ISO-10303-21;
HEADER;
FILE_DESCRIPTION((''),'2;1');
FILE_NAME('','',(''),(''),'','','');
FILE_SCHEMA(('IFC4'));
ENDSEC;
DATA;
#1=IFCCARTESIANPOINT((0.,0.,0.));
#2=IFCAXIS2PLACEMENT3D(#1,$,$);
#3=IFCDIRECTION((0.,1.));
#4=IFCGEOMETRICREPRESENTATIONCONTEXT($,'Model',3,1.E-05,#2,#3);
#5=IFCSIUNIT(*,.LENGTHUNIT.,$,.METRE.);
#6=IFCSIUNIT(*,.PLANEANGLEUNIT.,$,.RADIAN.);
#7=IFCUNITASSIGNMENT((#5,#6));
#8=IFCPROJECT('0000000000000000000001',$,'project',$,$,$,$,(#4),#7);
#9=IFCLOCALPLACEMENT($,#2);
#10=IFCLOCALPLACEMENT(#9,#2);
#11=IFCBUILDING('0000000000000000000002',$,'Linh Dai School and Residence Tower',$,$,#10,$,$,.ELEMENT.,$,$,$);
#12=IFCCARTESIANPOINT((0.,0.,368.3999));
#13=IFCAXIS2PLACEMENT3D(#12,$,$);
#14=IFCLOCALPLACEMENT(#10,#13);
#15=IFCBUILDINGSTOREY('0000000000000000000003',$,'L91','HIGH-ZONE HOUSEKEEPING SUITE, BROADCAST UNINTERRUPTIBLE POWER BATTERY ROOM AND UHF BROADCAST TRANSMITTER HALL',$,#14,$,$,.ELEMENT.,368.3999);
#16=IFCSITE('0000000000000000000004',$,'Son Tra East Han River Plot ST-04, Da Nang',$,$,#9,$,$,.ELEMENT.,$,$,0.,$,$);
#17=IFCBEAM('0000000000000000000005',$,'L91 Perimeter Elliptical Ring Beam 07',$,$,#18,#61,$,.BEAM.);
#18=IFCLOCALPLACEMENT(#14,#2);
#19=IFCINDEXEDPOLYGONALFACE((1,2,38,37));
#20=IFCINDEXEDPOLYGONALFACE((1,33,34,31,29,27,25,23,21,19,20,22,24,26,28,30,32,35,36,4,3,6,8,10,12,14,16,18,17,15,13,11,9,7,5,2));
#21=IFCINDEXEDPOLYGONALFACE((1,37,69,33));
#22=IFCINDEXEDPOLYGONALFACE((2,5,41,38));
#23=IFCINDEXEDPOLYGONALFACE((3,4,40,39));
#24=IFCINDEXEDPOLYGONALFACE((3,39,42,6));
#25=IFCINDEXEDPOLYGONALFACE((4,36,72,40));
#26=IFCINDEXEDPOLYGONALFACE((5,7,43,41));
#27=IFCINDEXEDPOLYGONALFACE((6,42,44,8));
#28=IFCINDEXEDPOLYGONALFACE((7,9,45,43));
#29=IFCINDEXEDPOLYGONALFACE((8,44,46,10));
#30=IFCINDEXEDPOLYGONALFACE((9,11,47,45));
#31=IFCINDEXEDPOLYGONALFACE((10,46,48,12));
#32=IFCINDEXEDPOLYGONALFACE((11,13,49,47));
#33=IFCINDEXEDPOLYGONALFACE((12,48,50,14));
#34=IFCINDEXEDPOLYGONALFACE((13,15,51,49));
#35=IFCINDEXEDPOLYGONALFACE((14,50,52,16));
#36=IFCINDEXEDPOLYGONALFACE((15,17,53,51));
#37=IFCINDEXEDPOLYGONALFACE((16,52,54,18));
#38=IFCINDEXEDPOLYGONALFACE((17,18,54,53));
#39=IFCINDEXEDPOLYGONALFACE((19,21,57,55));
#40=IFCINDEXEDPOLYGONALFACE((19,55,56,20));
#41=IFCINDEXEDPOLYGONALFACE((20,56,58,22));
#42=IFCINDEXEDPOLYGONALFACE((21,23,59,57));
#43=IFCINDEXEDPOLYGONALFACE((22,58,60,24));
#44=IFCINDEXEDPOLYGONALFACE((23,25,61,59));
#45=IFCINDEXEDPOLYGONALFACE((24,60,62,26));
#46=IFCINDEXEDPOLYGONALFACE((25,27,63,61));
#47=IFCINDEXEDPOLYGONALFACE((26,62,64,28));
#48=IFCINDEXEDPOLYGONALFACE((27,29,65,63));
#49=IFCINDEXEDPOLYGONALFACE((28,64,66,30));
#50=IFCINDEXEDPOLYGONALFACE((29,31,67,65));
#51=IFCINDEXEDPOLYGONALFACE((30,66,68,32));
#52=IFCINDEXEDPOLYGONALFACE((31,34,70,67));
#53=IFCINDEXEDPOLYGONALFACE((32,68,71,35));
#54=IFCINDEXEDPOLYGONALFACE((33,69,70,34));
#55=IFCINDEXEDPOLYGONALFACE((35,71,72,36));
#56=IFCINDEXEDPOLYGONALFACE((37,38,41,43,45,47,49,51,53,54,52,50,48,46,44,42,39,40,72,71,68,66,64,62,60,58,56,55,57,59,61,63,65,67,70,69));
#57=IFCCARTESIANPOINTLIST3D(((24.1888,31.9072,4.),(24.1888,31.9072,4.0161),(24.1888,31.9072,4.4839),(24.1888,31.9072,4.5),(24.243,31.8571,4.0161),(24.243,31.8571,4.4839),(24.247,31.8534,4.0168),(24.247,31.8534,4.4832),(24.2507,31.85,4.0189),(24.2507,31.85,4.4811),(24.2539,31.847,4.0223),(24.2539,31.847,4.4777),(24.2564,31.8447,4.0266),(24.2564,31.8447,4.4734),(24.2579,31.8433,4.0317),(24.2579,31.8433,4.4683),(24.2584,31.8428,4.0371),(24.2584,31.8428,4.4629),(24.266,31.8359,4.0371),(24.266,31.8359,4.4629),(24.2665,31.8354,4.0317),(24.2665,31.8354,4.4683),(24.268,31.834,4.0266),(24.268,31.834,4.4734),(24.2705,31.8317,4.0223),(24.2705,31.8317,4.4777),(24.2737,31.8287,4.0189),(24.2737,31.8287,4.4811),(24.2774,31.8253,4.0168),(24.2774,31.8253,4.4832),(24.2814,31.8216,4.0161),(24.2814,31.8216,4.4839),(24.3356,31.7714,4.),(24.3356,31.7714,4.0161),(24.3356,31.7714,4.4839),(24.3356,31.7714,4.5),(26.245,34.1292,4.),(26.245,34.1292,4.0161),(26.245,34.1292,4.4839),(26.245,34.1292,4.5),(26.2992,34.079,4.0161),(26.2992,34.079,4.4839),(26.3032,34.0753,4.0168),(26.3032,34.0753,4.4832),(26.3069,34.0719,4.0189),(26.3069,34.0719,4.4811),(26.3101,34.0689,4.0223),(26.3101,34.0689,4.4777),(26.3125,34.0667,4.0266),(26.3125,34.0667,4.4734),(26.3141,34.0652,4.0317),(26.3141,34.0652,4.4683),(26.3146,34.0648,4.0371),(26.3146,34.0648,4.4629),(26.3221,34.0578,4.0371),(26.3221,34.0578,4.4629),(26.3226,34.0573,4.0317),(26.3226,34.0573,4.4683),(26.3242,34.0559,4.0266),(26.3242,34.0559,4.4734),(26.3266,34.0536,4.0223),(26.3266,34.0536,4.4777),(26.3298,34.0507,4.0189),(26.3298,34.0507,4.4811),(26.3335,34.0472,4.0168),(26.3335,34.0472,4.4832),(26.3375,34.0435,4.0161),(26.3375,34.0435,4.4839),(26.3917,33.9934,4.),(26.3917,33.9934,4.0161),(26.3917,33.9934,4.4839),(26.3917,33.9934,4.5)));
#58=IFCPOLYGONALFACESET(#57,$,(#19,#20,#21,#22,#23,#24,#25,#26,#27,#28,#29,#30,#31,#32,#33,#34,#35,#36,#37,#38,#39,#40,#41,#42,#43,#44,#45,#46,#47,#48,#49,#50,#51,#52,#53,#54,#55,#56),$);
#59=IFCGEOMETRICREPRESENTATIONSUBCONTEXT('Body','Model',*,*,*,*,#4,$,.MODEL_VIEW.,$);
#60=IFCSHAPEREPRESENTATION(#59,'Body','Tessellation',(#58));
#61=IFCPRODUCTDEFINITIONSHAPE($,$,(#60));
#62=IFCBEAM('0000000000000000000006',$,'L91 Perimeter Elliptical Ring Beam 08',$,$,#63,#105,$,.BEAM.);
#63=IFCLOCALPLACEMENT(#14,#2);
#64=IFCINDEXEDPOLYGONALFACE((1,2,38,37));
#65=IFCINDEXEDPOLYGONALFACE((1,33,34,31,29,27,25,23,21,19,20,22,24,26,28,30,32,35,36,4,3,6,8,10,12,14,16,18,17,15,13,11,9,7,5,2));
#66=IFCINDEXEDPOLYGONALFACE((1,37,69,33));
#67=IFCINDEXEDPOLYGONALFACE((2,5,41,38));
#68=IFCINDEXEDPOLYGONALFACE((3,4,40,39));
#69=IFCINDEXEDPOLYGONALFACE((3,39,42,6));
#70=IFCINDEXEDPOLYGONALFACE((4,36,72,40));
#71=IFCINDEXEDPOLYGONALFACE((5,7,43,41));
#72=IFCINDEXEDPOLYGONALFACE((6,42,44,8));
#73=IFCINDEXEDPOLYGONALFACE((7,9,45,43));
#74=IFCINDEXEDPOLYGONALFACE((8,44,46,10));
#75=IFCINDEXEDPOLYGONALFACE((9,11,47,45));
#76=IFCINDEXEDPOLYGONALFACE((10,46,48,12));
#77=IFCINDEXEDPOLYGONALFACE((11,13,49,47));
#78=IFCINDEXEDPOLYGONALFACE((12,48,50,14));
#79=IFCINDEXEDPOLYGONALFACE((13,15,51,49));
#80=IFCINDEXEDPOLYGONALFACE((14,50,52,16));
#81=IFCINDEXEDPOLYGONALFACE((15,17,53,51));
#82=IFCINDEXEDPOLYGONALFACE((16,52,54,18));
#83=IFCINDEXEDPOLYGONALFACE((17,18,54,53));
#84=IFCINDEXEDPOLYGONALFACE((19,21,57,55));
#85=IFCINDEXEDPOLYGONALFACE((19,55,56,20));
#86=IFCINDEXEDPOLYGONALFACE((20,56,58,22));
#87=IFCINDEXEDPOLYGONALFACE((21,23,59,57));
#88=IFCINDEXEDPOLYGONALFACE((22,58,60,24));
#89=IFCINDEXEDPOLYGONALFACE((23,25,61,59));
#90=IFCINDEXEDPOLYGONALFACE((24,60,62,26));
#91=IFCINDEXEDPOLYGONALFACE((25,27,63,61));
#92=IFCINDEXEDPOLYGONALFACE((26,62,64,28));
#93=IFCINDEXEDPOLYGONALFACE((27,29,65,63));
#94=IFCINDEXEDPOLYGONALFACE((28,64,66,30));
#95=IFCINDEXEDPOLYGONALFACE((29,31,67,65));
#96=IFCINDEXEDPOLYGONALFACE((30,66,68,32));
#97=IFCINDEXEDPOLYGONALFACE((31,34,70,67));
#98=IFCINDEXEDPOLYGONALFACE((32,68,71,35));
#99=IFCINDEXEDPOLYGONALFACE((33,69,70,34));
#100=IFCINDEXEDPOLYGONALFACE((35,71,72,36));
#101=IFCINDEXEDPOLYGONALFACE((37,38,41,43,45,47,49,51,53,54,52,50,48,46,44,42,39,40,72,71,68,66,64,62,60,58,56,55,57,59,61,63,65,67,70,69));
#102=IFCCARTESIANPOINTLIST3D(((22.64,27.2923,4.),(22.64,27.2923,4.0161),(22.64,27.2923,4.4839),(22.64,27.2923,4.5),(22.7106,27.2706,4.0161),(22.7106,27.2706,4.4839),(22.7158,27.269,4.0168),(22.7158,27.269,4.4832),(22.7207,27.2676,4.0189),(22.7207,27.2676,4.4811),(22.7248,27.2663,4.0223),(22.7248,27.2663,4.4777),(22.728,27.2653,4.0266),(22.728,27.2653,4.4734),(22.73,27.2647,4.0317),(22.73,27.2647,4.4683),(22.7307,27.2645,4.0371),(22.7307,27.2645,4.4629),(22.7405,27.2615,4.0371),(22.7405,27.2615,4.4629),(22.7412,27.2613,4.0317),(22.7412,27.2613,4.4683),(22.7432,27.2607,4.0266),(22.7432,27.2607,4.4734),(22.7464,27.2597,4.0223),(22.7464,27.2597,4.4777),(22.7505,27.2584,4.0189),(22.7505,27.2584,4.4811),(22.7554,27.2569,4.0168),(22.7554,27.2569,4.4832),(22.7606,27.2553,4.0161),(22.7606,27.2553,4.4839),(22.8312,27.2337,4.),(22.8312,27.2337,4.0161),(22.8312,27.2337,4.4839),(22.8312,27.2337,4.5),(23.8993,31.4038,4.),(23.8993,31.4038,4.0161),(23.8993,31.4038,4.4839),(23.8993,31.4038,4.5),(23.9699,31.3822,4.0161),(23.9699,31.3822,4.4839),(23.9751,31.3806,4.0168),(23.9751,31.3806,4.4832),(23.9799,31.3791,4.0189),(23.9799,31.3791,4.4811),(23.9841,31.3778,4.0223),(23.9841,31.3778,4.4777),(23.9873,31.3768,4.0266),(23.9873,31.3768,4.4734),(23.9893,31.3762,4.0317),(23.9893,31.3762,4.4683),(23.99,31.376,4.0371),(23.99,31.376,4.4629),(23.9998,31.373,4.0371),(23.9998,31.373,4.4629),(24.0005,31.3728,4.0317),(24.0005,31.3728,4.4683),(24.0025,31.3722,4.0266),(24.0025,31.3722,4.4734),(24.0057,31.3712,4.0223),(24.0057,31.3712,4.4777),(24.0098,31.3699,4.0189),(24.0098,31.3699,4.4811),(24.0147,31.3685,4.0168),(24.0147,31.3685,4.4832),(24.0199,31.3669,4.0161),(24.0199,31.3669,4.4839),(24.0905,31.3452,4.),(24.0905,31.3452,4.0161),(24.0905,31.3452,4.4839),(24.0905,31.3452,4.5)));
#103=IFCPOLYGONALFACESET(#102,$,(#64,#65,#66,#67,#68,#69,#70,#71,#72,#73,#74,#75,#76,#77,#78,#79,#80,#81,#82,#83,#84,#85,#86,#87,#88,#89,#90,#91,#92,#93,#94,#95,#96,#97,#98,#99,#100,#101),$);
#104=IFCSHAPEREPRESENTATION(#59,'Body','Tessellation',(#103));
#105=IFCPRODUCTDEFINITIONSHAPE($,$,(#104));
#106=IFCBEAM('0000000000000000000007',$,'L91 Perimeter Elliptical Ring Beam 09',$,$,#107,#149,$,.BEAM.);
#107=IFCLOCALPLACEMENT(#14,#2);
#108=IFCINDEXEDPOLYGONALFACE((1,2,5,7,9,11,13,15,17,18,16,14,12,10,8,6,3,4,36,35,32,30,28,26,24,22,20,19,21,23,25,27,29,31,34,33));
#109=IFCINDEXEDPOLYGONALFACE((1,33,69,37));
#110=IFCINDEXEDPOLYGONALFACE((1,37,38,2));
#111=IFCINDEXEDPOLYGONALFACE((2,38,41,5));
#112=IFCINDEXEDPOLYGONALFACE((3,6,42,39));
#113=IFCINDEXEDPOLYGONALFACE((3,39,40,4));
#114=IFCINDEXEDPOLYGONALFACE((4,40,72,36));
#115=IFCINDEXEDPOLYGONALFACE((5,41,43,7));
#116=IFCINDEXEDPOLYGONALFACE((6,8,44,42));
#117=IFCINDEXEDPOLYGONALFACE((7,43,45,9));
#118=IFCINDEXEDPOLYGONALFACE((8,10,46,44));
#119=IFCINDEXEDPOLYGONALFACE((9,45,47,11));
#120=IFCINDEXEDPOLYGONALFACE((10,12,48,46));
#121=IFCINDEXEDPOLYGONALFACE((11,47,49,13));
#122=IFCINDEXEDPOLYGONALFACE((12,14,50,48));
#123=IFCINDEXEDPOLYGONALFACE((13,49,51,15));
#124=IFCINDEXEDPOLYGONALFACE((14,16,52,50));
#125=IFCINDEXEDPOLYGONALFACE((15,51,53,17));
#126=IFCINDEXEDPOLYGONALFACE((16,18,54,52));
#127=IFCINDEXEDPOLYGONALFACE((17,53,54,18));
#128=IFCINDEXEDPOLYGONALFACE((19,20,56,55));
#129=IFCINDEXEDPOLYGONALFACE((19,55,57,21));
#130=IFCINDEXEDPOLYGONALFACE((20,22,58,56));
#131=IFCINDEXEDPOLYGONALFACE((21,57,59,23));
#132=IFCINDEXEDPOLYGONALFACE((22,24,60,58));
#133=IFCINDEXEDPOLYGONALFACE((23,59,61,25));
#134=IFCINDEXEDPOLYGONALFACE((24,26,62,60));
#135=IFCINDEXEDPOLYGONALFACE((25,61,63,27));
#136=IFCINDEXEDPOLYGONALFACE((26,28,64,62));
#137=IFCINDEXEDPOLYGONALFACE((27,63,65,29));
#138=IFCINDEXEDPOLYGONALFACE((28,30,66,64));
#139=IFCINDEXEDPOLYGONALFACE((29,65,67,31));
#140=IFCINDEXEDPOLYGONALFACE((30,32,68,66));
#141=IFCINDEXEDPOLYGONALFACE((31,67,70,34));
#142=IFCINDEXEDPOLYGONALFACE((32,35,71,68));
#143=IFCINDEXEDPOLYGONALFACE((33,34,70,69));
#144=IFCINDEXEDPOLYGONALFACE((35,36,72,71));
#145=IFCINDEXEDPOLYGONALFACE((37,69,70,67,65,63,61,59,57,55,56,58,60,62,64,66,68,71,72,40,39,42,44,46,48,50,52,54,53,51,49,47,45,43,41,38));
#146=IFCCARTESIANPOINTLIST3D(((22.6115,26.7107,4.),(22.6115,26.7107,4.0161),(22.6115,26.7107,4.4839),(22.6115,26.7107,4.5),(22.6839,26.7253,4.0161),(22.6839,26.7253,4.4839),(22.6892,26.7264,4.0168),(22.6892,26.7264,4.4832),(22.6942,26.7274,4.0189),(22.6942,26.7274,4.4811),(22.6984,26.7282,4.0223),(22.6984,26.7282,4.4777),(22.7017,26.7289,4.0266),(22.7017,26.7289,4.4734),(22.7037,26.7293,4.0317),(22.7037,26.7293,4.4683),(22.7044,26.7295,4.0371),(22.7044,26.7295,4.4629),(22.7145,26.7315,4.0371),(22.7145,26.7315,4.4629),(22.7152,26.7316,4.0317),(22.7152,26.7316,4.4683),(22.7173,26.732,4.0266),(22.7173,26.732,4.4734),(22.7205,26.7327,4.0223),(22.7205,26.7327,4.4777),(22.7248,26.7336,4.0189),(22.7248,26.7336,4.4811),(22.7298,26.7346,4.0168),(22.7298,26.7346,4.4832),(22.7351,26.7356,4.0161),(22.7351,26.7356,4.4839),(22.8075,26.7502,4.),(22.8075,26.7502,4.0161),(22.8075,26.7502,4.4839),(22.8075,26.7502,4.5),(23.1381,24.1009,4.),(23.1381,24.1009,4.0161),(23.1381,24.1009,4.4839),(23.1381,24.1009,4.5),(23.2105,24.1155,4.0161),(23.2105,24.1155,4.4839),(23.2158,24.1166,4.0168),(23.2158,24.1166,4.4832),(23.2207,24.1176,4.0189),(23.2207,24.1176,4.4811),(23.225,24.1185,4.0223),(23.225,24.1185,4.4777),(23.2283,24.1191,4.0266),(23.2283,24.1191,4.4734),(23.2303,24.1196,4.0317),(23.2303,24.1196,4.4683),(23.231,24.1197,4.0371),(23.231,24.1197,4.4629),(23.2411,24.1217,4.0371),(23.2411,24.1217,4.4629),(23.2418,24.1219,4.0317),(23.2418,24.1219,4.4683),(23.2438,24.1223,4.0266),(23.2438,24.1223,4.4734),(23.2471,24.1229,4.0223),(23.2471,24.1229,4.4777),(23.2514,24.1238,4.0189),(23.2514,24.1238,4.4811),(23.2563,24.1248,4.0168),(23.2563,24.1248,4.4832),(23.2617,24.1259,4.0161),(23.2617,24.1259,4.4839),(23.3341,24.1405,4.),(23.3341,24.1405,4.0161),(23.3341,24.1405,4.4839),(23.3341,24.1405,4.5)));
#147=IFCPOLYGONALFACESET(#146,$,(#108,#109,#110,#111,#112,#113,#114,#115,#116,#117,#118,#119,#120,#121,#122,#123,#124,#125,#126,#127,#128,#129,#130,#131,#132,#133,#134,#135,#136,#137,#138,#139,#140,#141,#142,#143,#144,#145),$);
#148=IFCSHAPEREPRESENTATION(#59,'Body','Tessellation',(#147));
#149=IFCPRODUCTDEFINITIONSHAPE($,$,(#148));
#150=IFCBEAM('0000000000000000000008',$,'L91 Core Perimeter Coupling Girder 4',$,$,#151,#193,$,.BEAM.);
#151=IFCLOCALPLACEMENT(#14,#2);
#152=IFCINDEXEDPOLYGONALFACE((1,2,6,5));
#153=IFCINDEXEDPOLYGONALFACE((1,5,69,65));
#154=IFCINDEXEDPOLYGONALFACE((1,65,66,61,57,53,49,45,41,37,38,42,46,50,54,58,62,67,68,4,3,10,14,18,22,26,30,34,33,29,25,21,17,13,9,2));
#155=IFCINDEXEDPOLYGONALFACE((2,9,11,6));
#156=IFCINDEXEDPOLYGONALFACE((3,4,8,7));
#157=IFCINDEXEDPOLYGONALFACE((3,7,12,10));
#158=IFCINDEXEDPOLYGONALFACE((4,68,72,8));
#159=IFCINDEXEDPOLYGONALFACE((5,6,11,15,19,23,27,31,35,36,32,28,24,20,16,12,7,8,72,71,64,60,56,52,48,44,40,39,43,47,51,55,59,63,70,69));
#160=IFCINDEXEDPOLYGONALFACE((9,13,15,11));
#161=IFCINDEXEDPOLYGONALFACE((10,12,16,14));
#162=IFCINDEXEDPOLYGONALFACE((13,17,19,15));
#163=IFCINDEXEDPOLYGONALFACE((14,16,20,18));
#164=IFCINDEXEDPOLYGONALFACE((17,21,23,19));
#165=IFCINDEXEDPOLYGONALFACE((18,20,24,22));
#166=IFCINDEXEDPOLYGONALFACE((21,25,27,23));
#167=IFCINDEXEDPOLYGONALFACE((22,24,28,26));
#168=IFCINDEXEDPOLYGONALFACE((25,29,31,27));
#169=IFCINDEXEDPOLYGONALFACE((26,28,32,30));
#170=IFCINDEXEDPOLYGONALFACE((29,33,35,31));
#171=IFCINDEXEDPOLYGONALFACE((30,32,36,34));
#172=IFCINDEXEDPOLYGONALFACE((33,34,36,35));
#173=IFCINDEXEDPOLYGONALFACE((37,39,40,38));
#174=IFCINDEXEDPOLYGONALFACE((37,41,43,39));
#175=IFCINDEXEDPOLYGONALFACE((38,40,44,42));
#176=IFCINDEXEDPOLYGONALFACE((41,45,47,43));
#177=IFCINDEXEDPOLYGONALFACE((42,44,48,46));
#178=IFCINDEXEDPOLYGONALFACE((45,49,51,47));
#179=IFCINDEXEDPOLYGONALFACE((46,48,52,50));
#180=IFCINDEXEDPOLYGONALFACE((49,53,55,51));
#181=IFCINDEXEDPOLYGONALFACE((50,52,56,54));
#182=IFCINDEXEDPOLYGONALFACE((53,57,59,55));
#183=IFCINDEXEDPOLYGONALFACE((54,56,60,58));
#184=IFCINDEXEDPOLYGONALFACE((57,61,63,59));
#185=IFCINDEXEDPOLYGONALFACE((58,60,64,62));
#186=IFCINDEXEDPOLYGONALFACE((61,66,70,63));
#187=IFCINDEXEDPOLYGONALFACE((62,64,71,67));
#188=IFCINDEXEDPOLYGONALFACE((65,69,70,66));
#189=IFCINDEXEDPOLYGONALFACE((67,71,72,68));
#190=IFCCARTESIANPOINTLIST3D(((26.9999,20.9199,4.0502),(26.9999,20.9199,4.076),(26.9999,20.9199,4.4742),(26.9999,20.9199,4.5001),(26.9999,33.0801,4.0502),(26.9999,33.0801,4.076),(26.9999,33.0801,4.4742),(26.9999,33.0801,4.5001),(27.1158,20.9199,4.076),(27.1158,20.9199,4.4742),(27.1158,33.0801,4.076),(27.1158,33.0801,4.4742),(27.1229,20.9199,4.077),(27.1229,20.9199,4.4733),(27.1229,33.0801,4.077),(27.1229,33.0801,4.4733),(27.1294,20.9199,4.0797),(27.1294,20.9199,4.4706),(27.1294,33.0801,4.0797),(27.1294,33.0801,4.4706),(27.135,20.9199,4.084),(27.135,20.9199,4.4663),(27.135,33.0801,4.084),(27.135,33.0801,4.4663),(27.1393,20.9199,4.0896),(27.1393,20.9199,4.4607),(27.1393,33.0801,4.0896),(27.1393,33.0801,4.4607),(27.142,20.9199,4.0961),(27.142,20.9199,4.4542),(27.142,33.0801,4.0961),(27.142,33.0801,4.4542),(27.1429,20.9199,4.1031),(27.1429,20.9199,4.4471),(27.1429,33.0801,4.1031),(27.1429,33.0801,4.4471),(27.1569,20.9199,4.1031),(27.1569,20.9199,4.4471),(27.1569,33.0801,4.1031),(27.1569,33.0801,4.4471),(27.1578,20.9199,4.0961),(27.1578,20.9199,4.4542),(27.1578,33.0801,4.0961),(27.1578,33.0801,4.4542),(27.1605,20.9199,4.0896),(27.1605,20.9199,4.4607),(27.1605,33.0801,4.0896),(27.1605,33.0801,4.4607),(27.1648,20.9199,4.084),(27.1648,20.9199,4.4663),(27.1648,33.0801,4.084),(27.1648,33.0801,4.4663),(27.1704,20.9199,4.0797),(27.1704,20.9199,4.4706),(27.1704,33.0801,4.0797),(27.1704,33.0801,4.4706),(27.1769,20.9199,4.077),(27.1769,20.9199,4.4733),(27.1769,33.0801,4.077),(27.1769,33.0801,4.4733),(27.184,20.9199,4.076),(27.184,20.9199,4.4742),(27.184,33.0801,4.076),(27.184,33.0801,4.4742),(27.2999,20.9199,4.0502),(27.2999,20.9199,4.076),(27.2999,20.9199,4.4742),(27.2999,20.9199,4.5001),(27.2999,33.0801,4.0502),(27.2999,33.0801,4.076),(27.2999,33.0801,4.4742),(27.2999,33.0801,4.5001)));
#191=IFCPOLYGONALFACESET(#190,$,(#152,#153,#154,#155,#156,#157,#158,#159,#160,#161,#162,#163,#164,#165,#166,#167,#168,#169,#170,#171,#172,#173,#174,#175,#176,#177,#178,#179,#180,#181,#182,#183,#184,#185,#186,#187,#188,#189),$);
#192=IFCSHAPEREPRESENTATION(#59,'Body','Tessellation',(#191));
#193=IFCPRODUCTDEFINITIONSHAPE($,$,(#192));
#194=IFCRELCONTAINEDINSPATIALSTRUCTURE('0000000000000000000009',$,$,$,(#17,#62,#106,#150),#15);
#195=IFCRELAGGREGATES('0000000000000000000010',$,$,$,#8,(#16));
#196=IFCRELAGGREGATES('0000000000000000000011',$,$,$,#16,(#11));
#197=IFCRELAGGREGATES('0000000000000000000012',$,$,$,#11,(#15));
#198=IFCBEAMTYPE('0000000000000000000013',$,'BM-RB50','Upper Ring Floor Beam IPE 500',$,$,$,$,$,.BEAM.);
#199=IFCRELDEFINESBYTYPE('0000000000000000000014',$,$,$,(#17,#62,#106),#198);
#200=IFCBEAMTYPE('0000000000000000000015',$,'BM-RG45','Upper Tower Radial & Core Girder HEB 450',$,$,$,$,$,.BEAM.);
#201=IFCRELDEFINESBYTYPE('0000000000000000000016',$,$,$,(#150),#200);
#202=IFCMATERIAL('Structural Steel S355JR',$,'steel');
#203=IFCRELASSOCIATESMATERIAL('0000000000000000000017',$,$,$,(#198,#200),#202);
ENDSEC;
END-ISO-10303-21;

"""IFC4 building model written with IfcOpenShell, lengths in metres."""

from ifc_helpers import new_model, si_unit, direction, frame, origin, origin_2d, place, context, subcontext, project, spatial, i_section, extrude, material, material_profile, profile_set, type_object, element, save


model = new_model("IFC4")

# Units and contexts
model_context = context("Model", 3, precision=1e-05, world=origin(), true_north=direction((0.0, 1.0)))
body_context = subcontext(model_context, "Body", "Model", "MODEL_VIEW")
ifc_project = project(units=[si_unit("LENGTHUNIT", "METRE"), si_unit("PLANEANGLEUNIT", "RADIAN")], contexts=[model_context])

# Site, building, storey
site_placement = place(None, origin())
site = spatial("IfcSite", under=ifc_project, at=site_placement, Name="Son Tra East Han River Plot ST-04, Da Nang", CompositionType="ELEMENT", RefElevation=0.0)
building_placement = place(site_placement, origin())
building = spatial("IfcBuilding", under=site, at=building_placement, Name="Linh Dai School and Residence Tower", CompositionType="ELEMENT")
storey_placement = place(building_placement, frame((0.0, 0.0, 368.3999)))
storey = spatial("IfcBuildingStorey", under=building, at=storey_placement, Name="L91", Description="HIGH-ZONE HOUSEKEEPING SUITE, BROADCAST UNINTERRUPTIBLE POWER BATTERY ROOM AND UHF BROADCAST TRANSMITTER HALL", CompositionType="ELEMENT", Elevation=368.3999)

# Shared definitions
ifc_material_1 = material(Name="Structural Steel S355JR", Category="steel")

# Beams
ifc_material_profile_1 = material_profile(ifc_material_1, i_section(OverallWidth=0.2, OverallDepth=0.5, WebThickness=0.0103, FlangeThickness=0.0161, FilletRadius=0.021, at=origin_2d()), Name="IPE 500")
ifc_profile_set_1 = profile_set([ifc_material_profile_1], Name="Structural Steel S355JR")
beam_type_1 = type_object("IfcBeamType", Name="BM-RB50", Description="Upper Ring Floor Beam IPE 500", PredefinedType="BEAM", material=ifc_profile_set_1)
beam_1_placement = place(storey_placement, frame((26.3184, 34.0613, 4.25), z_axis=(-0.679197, -0.733956, 0.0), x_axis=(0.733956, -0.679197, 0.0)))
element("IfcBeam", 1, at=beam_1_placement, inside=storey, type_object=beam_type_1, Name="L91 Perimeter Elliptical Ring Beam 07", PredefinedType="BEAM", context=body_context, shape_type="SweptSolid", body=[
    extrude(i_section(OverallWidth=0.2, OverallDepth=0.5, WebThickness=0.0103, FlangeThickness=0.0161, FilletRadius=0.021, at=origin_2d()), origin(), (0.0, 0.0, 1.0), 3.0273),
])
beam_2_placement = place(storey_placement, frame((23.9949, 31.3745, 4.25), z_axis=(-0.292849, -0.956159, 0.0), x_axis=(0.956159, -0.292849, 0.0)))
element("IfcBeam", 2, at=beam_2_placement, inside=storey, type_object=beam_type_1, Name="L91 Perimeter Elliptical Ring Beam 08", PredefinedType="BEAM", context=body_context, shape_type="SweptSolid", body=[
    extrude(i_section(OverallWidth=0.2, OverallDepth=0.5, WebThickness=0.0103, FlangeThickness=0.0161, FilletRadius=0.021, at=origin_2d()), origin(), (0.0, 0.0, 1.0), 4.3),
])
beam_3_placement = place(storey_placement, frame((22.7095, 26.7305, 4.25), z_axis=(0.197791, -0.980244, 0.0), x_axis=(0.980244, 0.197791, 0.0)))
element("IfcBeam", 3, at=beam_3_placement, inside=storey, type_object=beam_type_1, Name="L91 Perimeter Elliptical Ring Beam 09", PredefinedType="BEAM", context=body_context, shape_type="SweptSolid", body=[
    extrude(i_section(OverallWidth=0.2, OverallDepth=0.5, WebThickness=0.0103, FlangeThickness=0.0161, FilletRadius=0.021, at=origin_2d()), origin(), (0.0, 0.0, 1.0), 2.6624),
])
ifc_material_profile_2 = material_profile(ifc_material_1, i_section(OverallWidth=0.3, OverallDepth=0.45, WebThickness=0.0139, FlangeThickness=0.0259, FilletRadius=0.0271, at=origin_2d()), Name="HEB 450")
ifc_profile_set_2 = profile_set([ifc_material_profile_2], Name="Structural Steel S355JR")
beam_type_2 = type_object("IfcBeamType", Name="BM-RG45", Description="Upper Tower Radial & Core Girder HEB 450", PredefinedType="BEAM", material=ifc_profile_set_2)
beam_4_placement = place(storey_placement, frame((27.1499, 33.0801, 4.2751), z_axis=(0.0, -1.0, 0.0), x_axis=(1.0, 0.0, 0.0)))
element("IfcBeam", 4, at=beam_4_placement, inside=storey, type_object=beam_type_2, Name="L91 Core Perimeter Coupling Girder 4", PredefinedType="BEAM", context=body_context, shape_type="SweptSolid", body=[
    extrude(i_section(OverallWidth=0.3, OverallDepth=0.45, WebThickness=0.0139, FlangeThickness=0.0259, FilletRadius=0.0271, at=origin_2d()), origin(), (0.0, 0.0, 1.0), 12.1602),
])

save(model, "model.ifc")
